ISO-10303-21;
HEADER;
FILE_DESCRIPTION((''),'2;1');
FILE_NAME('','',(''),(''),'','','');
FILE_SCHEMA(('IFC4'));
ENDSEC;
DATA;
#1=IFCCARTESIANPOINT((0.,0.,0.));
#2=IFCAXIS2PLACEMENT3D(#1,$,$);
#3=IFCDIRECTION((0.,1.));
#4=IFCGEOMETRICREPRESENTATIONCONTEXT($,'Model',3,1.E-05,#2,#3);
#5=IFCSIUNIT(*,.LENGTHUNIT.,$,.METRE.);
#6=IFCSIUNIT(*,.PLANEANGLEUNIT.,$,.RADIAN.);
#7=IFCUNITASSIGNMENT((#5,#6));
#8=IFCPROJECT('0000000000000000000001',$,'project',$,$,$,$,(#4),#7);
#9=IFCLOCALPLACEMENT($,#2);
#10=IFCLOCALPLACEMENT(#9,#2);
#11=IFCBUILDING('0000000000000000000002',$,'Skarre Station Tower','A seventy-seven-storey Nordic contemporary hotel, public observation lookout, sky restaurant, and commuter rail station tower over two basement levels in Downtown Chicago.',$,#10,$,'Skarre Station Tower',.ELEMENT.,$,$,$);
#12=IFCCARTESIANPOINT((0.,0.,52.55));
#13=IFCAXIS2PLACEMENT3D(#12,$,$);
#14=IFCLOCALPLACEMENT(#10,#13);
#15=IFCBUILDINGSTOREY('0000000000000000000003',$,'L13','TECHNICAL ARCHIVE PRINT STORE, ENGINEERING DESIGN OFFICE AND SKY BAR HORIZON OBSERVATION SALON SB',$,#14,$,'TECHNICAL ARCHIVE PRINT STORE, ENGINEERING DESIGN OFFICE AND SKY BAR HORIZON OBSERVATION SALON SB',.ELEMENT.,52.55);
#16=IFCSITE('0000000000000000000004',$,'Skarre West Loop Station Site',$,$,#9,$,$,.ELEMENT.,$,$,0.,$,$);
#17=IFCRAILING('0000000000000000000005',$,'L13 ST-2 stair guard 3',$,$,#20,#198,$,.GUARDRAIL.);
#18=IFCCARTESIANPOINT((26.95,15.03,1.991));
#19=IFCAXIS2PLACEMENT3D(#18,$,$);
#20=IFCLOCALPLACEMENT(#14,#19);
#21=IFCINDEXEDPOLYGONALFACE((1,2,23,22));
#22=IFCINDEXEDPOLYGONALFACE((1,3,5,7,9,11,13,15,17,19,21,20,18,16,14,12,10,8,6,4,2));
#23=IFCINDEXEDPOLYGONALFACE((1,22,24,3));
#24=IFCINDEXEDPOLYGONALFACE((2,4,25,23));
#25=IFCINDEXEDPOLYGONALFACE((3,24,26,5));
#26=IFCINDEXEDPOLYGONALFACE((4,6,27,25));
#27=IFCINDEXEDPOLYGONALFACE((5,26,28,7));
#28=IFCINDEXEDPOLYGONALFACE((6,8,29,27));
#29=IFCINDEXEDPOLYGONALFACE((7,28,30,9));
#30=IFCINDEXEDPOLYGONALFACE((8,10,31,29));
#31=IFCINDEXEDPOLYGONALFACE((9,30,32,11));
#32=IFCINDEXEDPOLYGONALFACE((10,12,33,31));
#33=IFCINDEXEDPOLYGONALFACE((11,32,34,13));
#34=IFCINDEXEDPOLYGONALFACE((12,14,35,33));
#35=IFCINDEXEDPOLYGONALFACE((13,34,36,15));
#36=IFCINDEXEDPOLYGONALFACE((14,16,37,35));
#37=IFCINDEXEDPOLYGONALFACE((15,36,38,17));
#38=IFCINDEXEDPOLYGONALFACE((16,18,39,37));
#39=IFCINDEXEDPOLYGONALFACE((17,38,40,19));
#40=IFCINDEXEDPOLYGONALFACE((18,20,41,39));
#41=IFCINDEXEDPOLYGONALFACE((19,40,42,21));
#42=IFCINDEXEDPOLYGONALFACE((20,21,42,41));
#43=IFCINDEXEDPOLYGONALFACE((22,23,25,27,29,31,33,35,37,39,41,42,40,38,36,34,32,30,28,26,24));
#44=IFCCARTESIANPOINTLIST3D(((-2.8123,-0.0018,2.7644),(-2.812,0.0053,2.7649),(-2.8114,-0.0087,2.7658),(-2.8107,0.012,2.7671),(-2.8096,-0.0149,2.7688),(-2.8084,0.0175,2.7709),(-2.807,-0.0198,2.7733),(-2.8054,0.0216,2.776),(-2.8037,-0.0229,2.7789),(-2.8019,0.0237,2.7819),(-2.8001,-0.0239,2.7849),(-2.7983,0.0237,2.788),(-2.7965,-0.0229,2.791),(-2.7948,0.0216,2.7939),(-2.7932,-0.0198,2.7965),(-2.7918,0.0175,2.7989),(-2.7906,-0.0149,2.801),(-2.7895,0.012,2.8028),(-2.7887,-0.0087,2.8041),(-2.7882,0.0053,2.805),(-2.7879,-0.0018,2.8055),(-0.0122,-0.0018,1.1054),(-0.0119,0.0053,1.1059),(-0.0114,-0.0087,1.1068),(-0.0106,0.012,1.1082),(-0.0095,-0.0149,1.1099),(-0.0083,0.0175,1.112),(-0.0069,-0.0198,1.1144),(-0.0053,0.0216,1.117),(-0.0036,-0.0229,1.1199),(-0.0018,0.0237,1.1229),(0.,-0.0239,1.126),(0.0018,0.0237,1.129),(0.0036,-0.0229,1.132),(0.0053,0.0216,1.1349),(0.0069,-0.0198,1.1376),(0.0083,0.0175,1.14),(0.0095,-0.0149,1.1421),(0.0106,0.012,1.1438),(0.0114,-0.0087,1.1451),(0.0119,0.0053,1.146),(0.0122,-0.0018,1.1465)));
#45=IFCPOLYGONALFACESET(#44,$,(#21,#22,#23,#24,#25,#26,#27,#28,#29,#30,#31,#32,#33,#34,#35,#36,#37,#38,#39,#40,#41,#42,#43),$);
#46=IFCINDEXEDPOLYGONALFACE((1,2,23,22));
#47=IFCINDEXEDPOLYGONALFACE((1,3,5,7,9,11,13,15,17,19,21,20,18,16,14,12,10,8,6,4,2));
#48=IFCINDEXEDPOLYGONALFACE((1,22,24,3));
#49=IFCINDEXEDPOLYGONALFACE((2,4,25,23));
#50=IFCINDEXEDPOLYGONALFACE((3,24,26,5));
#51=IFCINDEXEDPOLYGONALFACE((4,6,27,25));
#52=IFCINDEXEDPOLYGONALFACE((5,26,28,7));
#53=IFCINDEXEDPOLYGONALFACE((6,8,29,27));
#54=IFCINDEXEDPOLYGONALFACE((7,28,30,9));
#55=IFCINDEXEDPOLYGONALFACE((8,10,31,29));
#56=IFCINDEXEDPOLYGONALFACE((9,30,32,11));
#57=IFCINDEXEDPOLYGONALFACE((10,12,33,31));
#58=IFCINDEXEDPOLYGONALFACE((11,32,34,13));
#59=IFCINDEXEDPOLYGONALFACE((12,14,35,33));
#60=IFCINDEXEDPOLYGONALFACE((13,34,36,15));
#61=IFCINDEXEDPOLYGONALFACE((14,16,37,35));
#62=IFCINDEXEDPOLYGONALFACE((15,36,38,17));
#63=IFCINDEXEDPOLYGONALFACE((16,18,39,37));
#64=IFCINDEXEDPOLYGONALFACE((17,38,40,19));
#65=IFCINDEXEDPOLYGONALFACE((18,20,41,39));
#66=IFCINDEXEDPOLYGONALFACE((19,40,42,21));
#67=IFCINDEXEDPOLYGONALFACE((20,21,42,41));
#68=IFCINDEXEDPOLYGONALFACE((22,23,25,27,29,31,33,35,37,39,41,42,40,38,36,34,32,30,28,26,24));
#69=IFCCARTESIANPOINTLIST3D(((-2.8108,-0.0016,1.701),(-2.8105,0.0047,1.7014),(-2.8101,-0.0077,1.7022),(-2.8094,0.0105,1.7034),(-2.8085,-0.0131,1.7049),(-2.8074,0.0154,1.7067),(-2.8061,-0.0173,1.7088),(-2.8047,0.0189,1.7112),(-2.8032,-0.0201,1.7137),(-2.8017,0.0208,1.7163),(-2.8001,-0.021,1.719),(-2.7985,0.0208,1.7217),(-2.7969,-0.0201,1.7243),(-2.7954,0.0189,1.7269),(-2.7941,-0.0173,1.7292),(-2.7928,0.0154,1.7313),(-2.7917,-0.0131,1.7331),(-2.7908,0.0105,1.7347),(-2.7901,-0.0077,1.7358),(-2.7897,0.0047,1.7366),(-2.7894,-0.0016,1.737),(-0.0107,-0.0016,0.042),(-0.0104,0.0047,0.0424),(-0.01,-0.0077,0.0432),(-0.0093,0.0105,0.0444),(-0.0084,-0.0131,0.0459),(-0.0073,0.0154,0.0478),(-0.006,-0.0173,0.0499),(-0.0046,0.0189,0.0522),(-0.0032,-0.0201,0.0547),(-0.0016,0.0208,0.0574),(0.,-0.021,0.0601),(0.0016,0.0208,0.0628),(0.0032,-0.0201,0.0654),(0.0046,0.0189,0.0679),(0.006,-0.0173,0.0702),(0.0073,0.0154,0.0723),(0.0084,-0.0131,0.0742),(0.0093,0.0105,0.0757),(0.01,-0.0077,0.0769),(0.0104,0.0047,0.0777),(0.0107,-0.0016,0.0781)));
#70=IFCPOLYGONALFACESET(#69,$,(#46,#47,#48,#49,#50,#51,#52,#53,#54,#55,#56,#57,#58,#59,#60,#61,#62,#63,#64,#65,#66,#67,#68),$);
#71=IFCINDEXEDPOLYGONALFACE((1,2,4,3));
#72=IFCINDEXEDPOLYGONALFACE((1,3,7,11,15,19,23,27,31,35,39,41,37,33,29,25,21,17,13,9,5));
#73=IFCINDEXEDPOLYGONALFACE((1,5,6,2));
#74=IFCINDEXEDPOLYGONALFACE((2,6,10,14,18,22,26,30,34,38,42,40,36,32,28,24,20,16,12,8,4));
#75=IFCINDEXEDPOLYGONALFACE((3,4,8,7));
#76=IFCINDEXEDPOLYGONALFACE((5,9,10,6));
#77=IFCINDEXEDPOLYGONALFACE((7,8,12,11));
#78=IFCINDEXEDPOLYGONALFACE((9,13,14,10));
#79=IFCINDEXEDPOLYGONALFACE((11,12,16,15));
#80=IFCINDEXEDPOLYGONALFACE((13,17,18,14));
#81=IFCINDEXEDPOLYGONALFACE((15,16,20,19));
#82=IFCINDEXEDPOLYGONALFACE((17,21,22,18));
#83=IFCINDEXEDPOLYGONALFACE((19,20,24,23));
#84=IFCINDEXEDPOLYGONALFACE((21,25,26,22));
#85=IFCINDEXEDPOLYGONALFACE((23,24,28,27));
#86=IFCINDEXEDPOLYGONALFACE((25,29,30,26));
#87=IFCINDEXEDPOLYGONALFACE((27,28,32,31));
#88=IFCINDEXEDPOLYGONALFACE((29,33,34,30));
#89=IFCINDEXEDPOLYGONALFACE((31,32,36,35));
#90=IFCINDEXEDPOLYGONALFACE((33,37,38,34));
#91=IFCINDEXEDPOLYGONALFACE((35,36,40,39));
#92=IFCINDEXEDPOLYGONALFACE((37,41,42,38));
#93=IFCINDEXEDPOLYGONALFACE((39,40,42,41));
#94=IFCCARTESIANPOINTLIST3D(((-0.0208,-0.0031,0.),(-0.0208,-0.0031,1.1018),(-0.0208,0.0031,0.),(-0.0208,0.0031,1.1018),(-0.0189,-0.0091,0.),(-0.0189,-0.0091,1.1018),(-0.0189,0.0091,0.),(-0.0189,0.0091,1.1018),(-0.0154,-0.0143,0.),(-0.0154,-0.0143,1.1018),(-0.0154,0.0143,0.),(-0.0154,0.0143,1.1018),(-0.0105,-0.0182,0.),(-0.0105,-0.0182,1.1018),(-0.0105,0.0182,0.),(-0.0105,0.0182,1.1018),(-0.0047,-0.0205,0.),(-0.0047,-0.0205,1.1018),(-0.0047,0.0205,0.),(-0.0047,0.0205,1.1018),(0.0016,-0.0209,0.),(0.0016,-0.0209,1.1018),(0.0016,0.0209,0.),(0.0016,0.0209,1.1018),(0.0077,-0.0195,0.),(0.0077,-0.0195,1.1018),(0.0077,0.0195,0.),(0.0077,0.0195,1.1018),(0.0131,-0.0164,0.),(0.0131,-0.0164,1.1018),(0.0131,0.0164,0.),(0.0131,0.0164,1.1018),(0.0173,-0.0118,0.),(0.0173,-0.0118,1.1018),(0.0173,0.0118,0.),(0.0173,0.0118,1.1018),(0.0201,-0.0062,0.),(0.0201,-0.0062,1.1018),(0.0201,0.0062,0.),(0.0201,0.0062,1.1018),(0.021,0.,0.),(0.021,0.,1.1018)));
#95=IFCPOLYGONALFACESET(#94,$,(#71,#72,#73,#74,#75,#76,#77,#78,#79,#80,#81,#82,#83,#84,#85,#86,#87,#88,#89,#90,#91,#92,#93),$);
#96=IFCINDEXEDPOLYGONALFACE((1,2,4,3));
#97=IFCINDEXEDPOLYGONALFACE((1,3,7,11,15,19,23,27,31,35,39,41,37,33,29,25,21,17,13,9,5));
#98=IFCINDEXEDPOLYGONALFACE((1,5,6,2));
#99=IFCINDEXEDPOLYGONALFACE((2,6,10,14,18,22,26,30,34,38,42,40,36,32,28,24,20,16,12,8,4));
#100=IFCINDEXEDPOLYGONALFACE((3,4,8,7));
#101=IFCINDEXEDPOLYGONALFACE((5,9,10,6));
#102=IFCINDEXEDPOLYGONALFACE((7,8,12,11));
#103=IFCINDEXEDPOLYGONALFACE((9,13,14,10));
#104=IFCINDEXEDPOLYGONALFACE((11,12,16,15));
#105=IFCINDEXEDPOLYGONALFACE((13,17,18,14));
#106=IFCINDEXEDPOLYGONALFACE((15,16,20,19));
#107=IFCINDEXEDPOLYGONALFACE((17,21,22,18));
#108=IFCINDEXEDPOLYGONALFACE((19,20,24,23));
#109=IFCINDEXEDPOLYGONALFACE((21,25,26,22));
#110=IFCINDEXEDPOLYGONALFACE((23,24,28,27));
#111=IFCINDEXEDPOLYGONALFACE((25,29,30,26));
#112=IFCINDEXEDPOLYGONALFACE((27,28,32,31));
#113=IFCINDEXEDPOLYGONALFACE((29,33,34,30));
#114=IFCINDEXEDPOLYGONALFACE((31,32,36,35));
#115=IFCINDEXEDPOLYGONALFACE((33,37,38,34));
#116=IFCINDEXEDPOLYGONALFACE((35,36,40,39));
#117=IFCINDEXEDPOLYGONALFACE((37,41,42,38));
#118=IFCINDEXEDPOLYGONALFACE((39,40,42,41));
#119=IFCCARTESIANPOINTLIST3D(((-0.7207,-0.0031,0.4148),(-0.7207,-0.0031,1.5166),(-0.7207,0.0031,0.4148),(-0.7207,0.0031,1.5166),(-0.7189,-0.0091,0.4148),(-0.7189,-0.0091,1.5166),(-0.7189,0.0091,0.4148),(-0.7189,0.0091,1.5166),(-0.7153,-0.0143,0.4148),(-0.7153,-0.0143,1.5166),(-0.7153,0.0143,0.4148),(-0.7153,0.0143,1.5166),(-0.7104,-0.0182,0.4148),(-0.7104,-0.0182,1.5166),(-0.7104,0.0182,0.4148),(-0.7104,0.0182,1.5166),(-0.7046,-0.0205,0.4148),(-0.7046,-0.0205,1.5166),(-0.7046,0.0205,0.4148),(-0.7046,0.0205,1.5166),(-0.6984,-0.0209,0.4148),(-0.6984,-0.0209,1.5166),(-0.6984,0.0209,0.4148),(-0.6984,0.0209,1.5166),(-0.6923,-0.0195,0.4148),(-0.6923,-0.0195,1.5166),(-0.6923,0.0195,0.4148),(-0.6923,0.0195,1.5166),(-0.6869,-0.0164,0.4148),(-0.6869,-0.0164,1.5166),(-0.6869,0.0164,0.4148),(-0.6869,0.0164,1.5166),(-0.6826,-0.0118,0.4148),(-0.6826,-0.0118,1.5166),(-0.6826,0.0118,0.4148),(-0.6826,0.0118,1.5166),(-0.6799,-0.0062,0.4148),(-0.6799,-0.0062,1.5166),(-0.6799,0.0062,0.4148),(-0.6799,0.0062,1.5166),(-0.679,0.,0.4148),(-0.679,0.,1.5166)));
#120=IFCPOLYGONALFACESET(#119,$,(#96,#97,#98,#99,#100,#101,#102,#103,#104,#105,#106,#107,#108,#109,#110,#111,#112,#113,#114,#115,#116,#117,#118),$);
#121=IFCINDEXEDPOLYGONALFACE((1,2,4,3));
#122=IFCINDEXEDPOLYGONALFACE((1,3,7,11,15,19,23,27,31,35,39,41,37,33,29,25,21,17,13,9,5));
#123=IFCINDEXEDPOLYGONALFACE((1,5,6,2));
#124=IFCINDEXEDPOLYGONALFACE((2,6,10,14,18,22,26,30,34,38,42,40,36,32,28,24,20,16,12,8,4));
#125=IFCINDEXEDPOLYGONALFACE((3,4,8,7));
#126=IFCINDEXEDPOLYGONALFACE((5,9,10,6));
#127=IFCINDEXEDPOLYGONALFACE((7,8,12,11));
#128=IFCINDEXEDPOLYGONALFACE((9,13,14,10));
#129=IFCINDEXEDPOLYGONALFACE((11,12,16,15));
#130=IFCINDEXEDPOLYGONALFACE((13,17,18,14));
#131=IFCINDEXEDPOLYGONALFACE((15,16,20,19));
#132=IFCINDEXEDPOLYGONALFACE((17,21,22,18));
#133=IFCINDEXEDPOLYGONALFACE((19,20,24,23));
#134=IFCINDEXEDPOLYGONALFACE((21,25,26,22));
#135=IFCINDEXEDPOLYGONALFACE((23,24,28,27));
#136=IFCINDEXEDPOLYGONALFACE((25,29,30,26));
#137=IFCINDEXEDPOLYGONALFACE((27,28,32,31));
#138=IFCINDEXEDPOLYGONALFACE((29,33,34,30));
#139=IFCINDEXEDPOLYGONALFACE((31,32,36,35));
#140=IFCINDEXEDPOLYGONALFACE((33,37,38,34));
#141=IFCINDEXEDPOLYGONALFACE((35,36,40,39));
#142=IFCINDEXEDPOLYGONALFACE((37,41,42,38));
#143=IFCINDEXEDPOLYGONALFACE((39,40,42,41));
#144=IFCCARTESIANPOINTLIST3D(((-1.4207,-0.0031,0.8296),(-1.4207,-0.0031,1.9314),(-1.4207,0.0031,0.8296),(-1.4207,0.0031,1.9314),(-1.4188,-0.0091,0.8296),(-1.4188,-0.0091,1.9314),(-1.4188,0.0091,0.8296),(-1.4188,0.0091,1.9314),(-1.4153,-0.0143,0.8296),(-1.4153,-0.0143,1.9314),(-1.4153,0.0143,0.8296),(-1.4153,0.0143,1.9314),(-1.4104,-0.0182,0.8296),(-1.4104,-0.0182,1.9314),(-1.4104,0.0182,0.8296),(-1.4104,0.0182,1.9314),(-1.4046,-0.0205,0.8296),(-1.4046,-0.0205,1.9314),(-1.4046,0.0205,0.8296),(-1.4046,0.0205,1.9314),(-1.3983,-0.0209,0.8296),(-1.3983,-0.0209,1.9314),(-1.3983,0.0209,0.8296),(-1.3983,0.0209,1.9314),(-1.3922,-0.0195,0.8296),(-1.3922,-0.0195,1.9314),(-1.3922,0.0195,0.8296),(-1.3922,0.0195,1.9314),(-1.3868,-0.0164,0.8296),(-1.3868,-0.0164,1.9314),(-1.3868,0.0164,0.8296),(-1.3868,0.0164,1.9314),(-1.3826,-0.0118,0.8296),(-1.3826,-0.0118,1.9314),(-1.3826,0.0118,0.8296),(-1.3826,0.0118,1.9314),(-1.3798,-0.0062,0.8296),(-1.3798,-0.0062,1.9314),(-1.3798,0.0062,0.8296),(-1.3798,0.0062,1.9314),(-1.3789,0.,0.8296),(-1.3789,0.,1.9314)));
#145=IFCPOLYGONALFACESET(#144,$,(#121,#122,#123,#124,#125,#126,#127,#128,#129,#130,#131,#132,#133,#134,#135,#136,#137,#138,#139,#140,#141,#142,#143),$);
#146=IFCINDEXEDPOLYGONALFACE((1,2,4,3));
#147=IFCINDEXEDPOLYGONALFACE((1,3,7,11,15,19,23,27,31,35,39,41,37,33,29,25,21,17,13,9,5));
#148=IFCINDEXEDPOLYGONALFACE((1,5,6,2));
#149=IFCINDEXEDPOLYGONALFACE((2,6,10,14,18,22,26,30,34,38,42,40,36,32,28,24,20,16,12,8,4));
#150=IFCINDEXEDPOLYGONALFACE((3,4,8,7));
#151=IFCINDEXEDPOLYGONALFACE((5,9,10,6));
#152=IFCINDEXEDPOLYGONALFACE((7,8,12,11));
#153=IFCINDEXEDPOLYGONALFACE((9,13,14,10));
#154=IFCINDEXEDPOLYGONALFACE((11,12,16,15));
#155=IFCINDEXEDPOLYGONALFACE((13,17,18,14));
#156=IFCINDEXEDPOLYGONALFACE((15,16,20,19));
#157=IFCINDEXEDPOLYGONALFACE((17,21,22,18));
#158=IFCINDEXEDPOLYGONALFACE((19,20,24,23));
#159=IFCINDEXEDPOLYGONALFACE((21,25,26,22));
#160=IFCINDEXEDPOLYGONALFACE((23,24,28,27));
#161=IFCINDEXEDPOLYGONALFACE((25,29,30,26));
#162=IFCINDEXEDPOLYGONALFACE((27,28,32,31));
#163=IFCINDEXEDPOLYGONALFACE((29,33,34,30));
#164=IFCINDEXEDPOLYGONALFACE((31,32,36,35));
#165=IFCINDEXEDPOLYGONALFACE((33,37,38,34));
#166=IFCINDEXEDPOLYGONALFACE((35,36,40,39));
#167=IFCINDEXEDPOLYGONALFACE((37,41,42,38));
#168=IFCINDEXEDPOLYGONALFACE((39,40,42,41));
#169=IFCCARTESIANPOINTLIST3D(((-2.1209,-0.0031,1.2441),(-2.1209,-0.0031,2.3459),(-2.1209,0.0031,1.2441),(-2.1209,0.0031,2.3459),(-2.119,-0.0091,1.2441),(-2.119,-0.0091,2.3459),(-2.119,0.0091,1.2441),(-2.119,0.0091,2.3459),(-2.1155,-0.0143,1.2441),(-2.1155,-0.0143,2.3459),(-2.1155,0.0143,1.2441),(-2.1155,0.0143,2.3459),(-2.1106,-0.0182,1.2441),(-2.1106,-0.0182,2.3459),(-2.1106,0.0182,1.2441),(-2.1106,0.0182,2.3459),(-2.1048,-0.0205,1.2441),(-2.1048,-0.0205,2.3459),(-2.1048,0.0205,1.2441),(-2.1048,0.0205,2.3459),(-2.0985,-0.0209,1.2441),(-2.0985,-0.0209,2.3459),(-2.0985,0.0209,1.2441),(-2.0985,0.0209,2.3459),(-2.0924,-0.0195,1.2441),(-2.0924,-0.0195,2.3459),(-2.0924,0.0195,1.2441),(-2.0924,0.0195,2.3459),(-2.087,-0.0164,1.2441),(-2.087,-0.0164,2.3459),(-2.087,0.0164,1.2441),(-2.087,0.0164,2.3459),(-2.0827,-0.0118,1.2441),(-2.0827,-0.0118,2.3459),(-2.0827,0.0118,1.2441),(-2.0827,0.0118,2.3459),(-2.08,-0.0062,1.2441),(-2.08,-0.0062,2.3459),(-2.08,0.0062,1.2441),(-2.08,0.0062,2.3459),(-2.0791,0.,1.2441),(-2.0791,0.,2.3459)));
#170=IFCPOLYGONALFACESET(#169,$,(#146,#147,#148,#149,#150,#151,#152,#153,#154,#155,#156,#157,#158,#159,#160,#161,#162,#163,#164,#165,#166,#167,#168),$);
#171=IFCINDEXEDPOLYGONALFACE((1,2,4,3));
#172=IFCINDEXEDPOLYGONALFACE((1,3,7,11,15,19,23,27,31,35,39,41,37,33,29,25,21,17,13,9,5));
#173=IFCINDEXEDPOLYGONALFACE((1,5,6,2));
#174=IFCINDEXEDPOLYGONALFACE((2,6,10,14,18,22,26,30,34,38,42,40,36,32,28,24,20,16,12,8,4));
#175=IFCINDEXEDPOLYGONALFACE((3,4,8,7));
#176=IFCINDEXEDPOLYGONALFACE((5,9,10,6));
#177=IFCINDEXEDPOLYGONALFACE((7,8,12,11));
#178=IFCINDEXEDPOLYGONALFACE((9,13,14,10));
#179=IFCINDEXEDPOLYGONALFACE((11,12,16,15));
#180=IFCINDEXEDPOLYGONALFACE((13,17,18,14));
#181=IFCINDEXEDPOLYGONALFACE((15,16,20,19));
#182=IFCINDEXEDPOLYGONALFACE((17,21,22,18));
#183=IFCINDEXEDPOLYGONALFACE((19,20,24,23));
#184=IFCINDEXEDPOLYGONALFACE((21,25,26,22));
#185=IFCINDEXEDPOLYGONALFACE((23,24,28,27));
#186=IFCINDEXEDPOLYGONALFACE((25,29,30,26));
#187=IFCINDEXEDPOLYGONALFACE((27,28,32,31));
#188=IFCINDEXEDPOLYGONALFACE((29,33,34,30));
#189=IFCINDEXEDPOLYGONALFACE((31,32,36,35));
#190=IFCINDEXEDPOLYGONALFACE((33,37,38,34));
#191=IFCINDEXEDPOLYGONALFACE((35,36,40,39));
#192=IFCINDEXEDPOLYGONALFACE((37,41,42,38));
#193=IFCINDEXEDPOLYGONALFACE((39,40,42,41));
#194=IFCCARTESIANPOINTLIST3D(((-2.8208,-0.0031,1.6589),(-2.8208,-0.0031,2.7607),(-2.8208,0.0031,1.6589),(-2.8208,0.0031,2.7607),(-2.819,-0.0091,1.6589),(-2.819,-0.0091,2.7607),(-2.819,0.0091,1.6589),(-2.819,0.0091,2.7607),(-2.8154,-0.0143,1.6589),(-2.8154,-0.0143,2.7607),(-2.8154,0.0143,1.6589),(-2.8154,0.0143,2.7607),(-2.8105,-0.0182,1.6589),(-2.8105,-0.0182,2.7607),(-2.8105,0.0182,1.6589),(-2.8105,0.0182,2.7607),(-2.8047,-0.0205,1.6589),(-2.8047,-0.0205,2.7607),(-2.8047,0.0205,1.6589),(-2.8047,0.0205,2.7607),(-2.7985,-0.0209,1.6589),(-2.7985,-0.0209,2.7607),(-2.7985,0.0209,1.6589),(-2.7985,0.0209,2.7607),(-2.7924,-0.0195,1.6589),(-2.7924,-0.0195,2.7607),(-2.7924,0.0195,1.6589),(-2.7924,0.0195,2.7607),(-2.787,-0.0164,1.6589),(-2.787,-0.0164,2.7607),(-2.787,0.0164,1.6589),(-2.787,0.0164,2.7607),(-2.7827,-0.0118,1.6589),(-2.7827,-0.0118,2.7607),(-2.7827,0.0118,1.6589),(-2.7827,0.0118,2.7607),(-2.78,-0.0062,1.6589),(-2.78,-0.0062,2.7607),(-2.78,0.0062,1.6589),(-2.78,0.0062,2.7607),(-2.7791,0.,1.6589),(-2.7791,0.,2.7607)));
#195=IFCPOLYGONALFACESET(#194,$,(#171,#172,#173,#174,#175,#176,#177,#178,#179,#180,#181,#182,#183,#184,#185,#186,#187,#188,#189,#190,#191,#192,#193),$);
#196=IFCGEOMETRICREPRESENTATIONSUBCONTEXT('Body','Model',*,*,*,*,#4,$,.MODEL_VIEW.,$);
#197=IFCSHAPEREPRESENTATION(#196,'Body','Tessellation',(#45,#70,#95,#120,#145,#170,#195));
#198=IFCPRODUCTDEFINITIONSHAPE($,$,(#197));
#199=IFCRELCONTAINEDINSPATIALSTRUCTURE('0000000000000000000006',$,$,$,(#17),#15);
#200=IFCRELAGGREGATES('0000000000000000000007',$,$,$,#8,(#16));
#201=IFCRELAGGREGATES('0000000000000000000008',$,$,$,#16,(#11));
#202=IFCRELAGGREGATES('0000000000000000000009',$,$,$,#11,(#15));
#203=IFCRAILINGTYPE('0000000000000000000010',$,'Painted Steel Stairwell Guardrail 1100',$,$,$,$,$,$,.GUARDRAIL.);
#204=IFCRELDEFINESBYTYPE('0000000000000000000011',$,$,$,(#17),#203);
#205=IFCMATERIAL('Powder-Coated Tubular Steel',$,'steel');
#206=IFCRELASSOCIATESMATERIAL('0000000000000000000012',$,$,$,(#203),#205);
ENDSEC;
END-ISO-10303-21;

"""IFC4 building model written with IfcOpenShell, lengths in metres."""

from ifc_helpers import new_model, si_unit, direction, frame, origin, origin_2d, place, context, subcontext, project, spatial, circle, extrude, material, type_object, element, save


model = new_model("IFC4")

# Units and contexts
model_context = context("Model", 3, precision=1e-05, world=origin(), true_north=direction((0.0, 1.0)))
body_context = subcontext(model_context, "Body", "Model", "MODEL_VIEW")
ifc_project = project(units=[si_unit("LENGTHUNIT", "METRE"), si_unit("PLANEANGLEUNIT", "RADIAN")], contexts=[model_context])

# Site, building, storey
site_placement = place(None, origin())
site = spatial("IfcSite", under=ifc_project, at=site_placement, Name="Skarre West Loop Station Site", CompositionType="ELEMENT", RefElevation=0.0)
building_placement = place(site_placement, origin())
building = spatial("IfcBuilding", under=site, at=building_placement, Name="Skarre Station Tower", Description="A seventy-seven-storey Nordic contemporary hotel, public observation lookout, sky restaurant, and commuter rail station tower over two basement levels in Downtown Chicago.", LongName="Skarre Station Tower", CompositionType="ELEMENT")
storey_placement = place(building_placement, frame((0.0, 0.0, 52.55)))
storey = spatial("IfcBuildingStorey", under=building, at=storey_placement, Name="L13", Description="TECHNICAL ARCHIVE PRINT STORE, ENGINEERING DESIGN OFFICE AND SKY BAR HORIZON OBSERVATION SALON SB", LongName="TECHNICAL ARCHIVE PRINT STORE, ENGINEERING DESIGN OFFICE AND SKY BAR HORIZON OBSERVATION SALON SB", CompositionType="ELEMENT", Elevation=52.55)

# Railing
ifc_material_1 = material(Name="Powder-Coated Tubular Steel", Category="steel")
railing_type_1 = type_object("IfcRailingType", Name="Painted Steel Stairwell Guardrail 1100", PredefinedType="GUARDRAIL", material=ifc_material_1)
railing_1_placement = place(storey_placement, frame((26.95, 15.03, 1.991)))
element("IfcRailing", 1, at=railing_1_placement, inside=storey, type_object=railing_type_1, Name="L13 ST-2 stair guard 3", PredefinedType="GUARDRAIL", context=body_context, shape_type="SweptSolid", body=[
    extrude(circle(Radius=0.0239, at=origin_2d()), frame((0.0, 0.0, 1.126), z_axis=(-0.860339, 0.0, 0.509722), x_axis=(0.0, -1.0, 0.0)), (0.0, 0.0, 1.0), 3.2546),
    extrude(circle(Radius=0.021, at=origin_2d()), frame((0.0, 0.0, 0.0601), z_axis=(-0.860339, 0.0, 0.509722), x_axis=(0.0, -1.0, 0.0)), (0.0, 0.0, 1.0), 3.2546),
    extrude(circle(Radius=0.021, at=origin_2d()), origin(), (0.0, 0.0, 1.0), 1.1018),
    extrude(circle(Radius=0.021, at=origin_2d()), frame((-0.7, 0.0, 0.4148)), (0.0, 0.0, 1.0), 1.1018),
    extrude(circle(Radius=0.021, at=origin_2d()), frame((-1.3999, 0.0, 0.8296)), (0.0, 0.0, 1.0), 1.1018),
    extrude(circle(Radius=0.021, at=origin_2d()), frame((-2.1001, 0.0, 1.2441)), (0.0, 0.0, 1.0), 1.1018),
    extrude(circle(Radius=0.021, at=origin_2d()), frame((-2.8, 0.0, 1.6589)), (0.0, 0.0, 1.0), 1.1018),
])

save(model, "model.ifc")
